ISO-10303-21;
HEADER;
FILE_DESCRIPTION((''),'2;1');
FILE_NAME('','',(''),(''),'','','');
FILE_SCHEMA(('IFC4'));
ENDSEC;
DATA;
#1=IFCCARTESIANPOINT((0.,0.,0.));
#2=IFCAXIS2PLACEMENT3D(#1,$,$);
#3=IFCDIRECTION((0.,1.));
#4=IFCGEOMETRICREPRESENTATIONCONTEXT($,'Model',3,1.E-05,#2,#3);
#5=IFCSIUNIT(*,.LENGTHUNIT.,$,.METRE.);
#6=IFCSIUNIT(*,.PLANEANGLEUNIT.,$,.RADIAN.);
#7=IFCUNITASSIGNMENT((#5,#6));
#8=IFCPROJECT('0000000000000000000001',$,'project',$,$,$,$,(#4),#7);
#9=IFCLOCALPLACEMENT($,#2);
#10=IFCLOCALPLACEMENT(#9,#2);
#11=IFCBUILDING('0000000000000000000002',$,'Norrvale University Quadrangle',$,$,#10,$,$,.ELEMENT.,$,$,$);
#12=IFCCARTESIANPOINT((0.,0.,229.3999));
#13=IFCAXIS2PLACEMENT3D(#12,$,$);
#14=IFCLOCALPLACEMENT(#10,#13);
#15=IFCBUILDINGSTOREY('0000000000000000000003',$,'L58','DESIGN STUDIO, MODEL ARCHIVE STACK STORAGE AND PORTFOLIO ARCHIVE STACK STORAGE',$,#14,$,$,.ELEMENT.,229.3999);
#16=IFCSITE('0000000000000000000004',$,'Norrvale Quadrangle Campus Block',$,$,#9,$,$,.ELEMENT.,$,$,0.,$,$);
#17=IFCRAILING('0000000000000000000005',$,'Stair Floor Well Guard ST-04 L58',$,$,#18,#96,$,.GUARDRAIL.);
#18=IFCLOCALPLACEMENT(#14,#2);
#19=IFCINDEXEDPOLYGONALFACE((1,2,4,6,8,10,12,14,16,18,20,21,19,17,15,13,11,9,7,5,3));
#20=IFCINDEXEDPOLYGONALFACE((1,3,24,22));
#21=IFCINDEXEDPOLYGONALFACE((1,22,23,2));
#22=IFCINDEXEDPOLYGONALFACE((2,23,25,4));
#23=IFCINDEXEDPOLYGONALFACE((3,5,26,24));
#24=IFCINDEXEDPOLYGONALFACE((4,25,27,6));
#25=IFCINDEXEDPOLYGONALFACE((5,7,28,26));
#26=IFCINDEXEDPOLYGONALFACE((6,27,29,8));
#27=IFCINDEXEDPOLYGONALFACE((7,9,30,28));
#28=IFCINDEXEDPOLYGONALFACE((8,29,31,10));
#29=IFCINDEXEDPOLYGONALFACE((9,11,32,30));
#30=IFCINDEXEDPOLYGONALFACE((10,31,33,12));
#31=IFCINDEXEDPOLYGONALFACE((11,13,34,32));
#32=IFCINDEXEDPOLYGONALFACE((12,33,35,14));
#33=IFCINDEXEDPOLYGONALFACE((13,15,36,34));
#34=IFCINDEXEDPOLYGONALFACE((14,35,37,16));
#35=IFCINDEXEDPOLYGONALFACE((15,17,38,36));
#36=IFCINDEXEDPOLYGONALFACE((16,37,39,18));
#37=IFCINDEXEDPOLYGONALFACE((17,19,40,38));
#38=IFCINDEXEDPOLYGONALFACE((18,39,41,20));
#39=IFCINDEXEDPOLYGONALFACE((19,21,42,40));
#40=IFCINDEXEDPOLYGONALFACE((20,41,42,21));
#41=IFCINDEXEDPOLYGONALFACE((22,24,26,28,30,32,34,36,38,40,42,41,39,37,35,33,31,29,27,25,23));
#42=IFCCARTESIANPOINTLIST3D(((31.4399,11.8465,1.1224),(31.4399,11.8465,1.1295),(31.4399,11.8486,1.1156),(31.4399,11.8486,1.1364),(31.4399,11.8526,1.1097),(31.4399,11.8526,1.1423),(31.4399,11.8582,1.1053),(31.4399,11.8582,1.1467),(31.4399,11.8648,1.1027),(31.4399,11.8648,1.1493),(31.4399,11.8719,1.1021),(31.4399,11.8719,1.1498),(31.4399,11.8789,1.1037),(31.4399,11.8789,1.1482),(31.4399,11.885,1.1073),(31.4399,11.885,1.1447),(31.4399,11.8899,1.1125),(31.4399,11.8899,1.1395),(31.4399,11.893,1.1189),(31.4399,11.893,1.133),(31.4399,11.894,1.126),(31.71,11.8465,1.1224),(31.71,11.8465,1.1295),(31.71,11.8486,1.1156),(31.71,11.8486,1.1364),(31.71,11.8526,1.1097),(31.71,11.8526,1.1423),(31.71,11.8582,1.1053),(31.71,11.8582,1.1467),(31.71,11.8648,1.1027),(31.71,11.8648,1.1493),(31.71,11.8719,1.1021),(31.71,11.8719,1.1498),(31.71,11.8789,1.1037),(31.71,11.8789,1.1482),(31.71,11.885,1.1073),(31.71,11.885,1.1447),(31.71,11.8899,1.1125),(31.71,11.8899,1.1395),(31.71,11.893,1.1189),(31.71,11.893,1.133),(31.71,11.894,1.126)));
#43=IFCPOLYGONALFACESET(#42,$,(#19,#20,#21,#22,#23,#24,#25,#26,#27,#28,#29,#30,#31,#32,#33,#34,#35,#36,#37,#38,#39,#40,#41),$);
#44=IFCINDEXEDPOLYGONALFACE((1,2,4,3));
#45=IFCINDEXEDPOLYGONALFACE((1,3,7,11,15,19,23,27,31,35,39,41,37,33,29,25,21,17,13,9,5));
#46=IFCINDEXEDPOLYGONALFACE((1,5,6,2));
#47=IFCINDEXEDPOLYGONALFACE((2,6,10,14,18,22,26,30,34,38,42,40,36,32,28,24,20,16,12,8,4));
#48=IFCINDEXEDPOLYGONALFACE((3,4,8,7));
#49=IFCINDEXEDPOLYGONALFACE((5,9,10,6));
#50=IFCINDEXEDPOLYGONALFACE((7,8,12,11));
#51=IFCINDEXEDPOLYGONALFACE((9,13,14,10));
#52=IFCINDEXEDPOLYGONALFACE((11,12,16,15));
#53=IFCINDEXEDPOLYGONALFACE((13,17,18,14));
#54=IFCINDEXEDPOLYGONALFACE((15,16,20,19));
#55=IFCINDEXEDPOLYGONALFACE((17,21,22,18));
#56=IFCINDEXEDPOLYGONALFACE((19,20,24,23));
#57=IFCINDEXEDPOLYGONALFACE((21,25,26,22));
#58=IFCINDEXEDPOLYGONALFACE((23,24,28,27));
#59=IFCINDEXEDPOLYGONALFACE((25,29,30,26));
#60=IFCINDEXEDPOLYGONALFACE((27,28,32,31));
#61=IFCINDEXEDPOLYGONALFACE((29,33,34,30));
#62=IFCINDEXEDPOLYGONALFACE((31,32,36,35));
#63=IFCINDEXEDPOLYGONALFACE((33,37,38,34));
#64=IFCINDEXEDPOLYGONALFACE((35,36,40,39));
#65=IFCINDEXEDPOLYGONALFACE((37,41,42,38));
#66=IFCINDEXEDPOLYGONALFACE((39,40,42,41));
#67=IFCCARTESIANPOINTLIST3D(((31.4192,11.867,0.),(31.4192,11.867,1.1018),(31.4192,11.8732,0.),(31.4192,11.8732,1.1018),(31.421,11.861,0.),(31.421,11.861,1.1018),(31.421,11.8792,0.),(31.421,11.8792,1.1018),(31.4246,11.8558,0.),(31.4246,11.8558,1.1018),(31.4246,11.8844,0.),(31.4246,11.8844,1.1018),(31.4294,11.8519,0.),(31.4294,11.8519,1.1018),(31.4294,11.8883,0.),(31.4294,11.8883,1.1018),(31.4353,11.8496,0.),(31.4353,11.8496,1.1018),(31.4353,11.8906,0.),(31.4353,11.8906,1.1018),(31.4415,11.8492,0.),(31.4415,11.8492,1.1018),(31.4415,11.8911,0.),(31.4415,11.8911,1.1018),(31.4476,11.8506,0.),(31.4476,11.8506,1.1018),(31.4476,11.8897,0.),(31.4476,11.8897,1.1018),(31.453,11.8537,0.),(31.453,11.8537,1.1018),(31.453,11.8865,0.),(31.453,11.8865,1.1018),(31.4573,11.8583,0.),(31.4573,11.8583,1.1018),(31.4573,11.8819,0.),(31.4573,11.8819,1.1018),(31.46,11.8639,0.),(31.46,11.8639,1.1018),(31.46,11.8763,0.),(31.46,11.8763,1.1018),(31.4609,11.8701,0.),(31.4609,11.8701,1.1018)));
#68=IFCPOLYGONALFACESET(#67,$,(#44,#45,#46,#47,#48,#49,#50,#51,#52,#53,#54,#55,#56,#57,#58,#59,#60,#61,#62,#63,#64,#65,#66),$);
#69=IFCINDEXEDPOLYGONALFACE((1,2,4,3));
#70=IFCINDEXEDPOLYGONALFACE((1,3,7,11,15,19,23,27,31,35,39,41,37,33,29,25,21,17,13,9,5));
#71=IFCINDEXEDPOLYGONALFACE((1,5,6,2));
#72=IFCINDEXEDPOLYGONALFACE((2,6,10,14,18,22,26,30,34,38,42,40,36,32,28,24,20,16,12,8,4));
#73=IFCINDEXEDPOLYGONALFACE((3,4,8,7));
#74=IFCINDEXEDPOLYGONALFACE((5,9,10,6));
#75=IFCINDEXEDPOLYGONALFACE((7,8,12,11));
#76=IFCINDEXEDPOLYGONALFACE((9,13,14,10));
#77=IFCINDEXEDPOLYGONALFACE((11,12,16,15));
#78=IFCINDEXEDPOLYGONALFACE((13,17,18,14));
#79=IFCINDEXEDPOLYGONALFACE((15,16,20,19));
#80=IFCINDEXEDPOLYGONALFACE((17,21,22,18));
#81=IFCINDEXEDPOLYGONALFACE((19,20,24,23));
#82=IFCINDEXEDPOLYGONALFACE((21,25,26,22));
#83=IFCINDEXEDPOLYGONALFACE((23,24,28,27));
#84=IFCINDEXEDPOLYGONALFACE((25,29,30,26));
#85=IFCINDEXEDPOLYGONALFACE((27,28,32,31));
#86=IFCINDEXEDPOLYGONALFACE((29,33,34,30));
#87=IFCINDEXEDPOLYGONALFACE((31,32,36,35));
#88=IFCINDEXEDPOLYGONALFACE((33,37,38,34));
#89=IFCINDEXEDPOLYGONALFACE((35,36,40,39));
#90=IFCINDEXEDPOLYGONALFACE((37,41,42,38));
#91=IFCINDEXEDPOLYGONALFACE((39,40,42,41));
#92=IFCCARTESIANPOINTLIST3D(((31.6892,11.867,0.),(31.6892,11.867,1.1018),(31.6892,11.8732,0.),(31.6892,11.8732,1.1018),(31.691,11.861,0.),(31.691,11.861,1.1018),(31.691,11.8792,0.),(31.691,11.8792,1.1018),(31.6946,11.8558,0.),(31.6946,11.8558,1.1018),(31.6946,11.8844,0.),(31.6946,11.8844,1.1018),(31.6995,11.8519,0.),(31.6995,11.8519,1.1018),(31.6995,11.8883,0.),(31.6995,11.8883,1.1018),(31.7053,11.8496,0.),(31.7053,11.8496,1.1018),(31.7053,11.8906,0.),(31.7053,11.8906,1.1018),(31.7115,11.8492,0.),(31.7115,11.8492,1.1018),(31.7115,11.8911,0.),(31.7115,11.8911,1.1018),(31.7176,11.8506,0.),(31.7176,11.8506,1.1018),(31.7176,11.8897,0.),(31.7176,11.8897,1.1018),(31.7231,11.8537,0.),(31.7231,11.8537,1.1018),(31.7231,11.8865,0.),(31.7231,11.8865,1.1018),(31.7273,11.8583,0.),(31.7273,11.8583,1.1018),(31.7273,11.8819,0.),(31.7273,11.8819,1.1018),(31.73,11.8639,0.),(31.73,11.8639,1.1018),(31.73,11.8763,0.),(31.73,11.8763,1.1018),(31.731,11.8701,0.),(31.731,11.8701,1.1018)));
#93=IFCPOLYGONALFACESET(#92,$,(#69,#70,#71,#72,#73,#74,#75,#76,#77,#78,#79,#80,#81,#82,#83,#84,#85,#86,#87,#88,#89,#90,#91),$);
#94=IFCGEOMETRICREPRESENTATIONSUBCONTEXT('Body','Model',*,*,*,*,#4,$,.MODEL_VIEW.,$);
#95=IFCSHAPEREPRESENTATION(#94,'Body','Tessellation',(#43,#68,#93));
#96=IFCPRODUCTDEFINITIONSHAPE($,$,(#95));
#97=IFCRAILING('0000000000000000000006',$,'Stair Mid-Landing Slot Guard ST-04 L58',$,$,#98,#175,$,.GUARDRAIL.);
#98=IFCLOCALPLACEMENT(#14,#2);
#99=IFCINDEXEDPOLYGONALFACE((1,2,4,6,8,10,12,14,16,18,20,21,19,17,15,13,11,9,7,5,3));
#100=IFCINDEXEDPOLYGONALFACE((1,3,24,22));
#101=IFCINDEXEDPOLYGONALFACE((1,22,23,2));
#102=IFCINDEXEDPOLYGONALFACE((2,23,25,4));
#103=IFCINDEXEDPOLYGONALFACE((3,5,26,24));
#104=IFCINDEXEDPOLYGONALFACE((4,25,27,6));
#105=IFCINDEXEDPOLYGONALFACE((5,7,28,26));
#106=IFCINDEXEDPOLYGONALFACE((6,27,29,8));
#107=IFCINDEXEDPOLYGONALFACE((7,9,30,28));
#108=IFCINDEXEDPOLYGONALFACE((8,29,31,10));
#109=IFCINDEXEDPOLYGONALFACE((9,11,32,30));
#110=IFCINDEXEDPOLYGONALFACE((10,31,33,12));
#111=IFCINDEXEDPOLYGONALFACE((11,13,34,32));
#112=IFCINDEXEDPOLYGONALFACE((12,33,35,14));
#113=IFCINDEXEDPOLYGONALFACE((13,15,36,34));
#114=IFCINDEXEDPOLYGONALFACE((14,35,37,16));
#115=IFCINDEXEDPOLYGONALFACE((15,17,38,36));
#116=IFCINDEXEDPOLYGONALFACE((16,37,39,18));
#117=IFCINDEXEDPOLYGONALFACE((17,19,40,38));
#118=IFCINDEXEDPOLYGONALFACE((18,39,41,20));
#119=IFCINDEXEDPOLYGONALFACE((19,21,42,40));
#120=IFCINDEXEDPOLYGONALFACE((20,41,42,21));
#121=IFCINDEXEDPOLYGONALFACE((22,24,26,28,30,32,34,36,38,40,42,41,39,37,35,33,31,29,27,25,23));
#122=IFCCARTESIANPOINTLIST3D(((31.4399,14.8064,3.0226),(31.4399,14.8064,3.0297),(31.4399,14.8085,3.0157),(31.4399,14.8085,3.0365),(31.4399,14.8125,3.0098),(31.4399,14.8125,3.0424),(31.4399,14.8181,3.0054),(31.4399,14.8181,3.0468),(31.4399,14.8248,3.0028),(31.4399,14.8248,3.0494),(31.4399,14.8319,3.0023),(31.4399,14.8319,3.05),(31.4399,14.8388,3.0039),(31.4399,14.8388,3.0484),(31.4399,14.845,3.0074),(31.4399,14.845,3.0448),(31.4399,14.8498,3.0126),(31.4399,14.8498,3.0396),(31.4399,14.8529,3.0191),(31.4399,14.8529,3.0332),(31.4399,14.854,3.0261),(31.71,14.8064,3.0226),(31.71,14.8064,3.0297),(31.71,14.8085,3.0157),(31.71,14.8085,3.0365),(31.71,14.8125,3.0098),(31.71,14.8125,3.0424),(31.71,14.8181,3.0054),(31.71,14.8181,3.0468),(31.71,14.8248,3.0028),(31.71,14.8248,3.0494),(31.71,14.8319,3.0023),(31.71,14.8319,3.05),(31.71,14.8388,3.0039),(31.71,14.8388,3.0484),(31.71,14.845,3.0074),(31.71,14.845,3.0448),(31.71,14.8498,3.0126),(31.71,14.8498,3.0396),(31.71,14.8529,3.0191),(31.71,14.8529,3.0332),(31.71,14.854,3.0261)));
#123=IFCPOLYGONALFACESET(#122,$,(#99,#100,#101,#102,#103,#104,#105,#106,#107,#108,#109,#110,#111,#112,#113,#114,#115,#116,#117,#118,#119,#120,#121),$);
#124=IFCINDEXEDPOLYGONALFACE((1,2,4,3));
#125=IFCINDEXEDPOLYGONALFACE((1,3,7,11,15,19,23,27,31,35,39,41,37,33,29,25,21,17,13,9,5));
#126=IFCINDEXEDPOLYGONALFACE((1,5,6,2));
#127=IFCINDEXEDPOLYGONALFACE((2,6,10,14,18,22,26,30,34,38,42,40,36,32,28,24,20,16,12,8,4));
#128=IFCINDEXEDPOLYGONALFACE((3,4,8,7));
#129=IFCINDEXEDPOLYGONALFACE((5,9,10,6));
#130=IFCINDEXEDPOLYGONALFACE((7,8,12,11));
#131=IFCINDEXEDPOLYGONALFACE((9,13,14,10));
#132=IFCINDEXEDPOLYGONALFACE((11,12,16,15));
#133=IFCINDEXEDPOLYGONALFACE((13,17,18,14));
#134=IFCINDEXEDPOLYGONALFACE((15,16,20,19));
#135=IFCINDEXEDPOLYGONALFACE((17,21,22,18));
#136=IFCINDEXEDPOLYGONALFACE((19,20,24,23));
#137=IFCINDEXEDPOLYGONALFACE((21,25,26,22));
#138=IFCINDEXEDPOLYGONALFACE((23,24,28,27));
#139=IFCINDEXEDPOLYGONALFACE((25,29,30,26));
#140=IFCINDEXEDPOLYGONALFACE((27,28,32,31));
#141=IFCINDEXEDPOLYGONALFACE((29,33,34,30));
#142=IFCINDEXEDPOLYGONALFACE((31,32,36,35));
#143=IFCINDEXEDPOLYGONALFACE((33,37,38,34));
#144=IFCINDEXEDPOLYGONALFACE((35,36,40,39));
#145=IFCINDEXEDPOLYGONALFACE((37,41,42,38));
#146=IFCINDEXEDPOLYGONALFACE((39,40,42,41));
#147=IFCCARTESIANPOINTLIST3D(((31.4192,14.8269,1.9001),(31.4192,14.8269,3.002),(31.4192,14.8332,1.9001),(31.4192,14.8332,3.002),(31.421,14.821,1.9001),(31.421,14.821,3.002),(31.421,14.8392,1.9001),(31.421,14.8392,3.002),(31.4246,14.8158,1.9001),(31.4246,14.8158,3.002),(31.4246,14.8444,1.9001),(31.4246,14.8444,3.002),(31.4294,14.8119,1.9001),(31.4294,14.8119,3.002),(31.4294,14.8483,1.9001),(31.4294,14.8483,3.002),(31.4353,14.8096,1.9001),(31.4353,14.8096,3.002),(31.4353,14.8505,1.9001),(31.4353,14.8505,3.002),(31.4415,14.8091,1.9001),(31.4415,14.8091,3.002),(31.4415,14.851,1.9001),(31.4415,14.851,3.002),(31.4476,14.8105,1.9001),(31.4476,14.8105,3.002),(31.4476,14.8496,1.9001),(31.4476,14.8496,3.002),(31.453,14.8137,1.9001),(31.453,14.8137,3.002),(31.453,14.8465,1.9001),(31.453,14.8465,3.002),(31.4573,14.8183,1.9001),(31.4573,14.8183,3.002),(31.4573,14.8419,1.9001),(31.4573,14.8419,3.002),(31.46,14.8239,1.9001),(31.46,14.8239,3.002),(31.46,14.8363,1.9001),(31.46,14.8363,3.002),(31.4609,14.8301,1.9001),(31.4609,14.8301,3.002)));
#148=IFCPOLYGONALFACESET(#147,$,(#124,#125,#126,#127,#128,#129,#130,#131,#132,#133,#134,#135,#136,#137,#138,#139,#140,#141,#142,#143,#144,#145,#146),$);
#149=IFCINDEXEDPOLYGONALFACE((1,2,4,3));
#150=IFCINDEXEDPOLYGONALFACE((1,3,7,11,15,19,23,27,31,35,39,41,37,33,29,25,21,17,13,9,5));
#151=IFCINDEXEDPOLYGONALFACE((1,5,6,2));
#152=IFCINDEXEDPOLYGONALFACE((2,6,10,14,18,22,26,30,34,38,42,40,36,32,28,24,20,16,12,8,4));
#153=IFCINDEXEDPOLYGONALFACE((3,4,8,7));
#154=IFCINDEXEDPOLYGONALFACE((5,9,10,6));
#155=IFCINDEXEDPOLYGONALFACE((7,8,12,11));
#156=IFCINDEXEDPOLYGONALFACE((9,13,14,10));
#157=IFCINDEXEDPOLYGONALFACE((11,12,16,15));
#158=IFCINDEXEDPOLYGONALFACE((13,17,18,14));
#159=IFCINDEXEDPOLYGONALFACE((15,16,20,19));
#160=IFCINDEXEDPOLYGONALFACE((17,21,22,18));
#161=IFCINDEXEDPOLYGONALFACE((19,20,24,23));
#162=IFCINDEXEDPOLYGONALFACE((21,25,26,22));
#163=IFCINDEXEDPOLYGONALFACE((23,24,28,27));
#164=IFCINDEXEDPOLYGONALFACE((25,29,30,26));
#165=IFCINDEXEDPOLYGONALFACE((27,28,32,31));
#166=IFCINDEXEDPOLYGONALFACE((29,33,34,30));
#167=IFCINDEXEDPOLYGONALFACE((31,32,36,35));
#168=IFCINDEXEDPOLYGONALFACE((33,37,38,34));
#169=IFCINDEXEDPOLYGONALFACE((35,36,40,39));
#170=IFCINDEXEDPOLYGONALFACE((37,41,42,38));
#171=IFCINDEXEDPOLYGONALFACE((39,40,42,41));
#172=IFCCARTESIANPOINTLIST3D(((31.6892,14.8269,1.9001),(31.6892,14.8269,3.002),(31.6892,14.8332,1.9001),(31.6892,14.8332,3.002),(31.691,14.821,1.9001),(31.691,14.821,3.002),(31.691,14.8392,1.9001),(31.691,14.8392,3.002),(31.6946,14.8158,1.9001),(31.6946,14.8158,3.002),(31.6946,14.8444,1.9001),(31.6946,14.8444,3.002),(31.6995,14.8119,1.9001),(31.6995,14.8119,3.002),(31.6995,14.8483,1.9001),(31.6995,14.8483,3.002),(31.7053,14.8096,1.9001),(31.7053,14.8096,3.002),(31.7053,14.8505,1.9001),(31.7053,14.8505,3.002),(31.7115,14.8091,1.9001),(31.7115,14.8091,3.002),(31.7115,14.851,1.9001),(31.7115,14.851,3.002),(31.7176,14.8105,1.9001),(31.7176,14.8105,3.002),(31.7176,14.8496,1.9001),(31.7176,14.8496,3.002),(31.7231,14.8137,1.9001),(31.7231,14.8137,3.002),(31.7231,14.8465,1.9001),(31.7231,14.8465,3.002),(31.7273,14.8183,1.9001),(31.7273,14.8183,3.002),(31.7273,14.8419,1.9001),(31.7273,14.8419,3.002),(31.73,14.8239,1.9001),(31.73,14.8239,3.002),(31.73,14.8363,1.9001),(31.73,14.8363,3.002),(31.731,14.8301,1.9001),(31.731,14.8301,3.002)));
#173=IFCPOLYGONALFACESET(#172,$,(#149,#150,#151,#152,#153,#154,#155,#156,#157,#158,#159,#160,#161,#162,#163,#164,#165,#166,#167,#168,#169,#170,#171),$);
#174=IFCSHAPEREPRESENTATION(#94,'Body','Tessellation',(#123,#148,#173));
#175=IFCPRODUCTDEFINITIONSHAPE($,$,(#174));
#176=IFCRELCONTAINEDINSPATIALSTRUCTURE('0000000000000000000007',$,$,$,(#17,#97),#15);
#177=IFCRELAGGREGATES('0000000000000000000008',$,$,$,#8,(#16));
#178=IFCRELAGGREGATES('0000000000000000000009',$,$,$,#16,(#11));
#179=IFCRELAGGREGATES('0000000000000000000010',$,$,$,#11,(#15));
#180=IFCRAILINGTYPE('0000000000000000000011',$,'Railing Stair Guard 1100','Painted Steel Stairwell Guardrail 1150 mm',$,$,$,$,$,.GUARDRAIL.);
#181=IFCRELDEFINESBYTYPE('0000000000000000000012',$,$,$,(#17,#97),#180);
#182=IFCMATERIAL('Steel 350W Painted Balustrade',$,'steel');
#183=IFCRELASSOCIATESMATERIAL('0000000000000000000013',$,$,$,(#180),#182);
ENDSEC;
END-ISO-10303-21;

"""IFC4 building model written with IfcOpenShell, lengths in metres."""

from ifc_helpers import new_model, si_unit, direction, frame, origin, origin_2d, place, context, subcontext, project, spatial, circle, extrude, material, type_object, element, save


model = new_model("IFC4")

# Units and contexts
model_context = context("Model", 3, precision=1e-05, world=origin(), true_north=direction((0.0, 1.0)))
body_context = subcontext(model_context, "Body", "Model", "MODEL_VIEW")
ifc_project = project(units=[si_unit("LENGTHUNIT", "METRE"), si_unit("PLANEANGLEUNIT", "RADIAN")], contexts=[model_context])

# Site, building, storey
site_placement = place(None, origin())
site = spatial("IfcSite", under=ifc_project, at=site_placement, Name="Norrvale Quadrangle Campus Block", CompositionType="ELEMENT", RefElevation=0.0)
building_placement = place(site_placement, origin())
building = spatial("IfcBuilding", under=site, at=building_placement, Name="Norrvale University Quadrangle", CompositionType="ELEMENT")
storey_placement = place(building_placement, frame((0.0, 0.0, 229.3999)))
storey = spatial("IfcBuildingStorey", under=building, at=storey_placement, Name="L58", Description="DESIGN STUDIO, MODEL ARCHIVE STACK STORAGE AND PORTFOLIO ARCHIVE STACK STORAGE", CompositionType="ELEMENT", Elevation=229.3999)

# Railings
ifc_material_1 = material(Name="Steel 350W Painted Balustrade", Category="steel")
railing_type_1 = type_object("IfcRailingType", Name="Railing Stair Guard 1100", Description="Painted Steel Stairwell Guardrail 1150 mm", PredefinedType="GUARDRAIL", material=ifc_material_1)
for number, where, name in (
    (1, (31.4399, 11.8701, 0.0), "Stair Floor Well Guard ST-04 L58"),
    (2, (31.4399, 14.8301, 1.9001), "Stair Mid-Landing Slot Guard ST-04 L58"),
):
    element("IfcRailing", number, at=place(storey_placement, frame(where)), inside=storey, type_object=railing_type_1, Name=name, PredefinedType="GUARDRAIL", context=body_context, shape_type="SweptSolid", body=[
        extrude(circle(Radius=0.0239, at=origin_2d()), frame((0.0, 0.0, 1.126), z_axis=(1.0, 0.0, 0.0), x_axis=(0.0, 1.0, 0.0)), (0.0, 0.0, 1.0), 0.27),
        extrude(circle(Radius=0.021, at=origin_2d()), origin(), (0.0, 0.0, 1.0), 1.1018),
        extrude(circle(Radius=0.021, at=origin_2d()), frame((0.27, 0.0, 0.0)), (0.0, 0.0, 1.0), 1.1018),
    ])

save(model, "model.ifc")
